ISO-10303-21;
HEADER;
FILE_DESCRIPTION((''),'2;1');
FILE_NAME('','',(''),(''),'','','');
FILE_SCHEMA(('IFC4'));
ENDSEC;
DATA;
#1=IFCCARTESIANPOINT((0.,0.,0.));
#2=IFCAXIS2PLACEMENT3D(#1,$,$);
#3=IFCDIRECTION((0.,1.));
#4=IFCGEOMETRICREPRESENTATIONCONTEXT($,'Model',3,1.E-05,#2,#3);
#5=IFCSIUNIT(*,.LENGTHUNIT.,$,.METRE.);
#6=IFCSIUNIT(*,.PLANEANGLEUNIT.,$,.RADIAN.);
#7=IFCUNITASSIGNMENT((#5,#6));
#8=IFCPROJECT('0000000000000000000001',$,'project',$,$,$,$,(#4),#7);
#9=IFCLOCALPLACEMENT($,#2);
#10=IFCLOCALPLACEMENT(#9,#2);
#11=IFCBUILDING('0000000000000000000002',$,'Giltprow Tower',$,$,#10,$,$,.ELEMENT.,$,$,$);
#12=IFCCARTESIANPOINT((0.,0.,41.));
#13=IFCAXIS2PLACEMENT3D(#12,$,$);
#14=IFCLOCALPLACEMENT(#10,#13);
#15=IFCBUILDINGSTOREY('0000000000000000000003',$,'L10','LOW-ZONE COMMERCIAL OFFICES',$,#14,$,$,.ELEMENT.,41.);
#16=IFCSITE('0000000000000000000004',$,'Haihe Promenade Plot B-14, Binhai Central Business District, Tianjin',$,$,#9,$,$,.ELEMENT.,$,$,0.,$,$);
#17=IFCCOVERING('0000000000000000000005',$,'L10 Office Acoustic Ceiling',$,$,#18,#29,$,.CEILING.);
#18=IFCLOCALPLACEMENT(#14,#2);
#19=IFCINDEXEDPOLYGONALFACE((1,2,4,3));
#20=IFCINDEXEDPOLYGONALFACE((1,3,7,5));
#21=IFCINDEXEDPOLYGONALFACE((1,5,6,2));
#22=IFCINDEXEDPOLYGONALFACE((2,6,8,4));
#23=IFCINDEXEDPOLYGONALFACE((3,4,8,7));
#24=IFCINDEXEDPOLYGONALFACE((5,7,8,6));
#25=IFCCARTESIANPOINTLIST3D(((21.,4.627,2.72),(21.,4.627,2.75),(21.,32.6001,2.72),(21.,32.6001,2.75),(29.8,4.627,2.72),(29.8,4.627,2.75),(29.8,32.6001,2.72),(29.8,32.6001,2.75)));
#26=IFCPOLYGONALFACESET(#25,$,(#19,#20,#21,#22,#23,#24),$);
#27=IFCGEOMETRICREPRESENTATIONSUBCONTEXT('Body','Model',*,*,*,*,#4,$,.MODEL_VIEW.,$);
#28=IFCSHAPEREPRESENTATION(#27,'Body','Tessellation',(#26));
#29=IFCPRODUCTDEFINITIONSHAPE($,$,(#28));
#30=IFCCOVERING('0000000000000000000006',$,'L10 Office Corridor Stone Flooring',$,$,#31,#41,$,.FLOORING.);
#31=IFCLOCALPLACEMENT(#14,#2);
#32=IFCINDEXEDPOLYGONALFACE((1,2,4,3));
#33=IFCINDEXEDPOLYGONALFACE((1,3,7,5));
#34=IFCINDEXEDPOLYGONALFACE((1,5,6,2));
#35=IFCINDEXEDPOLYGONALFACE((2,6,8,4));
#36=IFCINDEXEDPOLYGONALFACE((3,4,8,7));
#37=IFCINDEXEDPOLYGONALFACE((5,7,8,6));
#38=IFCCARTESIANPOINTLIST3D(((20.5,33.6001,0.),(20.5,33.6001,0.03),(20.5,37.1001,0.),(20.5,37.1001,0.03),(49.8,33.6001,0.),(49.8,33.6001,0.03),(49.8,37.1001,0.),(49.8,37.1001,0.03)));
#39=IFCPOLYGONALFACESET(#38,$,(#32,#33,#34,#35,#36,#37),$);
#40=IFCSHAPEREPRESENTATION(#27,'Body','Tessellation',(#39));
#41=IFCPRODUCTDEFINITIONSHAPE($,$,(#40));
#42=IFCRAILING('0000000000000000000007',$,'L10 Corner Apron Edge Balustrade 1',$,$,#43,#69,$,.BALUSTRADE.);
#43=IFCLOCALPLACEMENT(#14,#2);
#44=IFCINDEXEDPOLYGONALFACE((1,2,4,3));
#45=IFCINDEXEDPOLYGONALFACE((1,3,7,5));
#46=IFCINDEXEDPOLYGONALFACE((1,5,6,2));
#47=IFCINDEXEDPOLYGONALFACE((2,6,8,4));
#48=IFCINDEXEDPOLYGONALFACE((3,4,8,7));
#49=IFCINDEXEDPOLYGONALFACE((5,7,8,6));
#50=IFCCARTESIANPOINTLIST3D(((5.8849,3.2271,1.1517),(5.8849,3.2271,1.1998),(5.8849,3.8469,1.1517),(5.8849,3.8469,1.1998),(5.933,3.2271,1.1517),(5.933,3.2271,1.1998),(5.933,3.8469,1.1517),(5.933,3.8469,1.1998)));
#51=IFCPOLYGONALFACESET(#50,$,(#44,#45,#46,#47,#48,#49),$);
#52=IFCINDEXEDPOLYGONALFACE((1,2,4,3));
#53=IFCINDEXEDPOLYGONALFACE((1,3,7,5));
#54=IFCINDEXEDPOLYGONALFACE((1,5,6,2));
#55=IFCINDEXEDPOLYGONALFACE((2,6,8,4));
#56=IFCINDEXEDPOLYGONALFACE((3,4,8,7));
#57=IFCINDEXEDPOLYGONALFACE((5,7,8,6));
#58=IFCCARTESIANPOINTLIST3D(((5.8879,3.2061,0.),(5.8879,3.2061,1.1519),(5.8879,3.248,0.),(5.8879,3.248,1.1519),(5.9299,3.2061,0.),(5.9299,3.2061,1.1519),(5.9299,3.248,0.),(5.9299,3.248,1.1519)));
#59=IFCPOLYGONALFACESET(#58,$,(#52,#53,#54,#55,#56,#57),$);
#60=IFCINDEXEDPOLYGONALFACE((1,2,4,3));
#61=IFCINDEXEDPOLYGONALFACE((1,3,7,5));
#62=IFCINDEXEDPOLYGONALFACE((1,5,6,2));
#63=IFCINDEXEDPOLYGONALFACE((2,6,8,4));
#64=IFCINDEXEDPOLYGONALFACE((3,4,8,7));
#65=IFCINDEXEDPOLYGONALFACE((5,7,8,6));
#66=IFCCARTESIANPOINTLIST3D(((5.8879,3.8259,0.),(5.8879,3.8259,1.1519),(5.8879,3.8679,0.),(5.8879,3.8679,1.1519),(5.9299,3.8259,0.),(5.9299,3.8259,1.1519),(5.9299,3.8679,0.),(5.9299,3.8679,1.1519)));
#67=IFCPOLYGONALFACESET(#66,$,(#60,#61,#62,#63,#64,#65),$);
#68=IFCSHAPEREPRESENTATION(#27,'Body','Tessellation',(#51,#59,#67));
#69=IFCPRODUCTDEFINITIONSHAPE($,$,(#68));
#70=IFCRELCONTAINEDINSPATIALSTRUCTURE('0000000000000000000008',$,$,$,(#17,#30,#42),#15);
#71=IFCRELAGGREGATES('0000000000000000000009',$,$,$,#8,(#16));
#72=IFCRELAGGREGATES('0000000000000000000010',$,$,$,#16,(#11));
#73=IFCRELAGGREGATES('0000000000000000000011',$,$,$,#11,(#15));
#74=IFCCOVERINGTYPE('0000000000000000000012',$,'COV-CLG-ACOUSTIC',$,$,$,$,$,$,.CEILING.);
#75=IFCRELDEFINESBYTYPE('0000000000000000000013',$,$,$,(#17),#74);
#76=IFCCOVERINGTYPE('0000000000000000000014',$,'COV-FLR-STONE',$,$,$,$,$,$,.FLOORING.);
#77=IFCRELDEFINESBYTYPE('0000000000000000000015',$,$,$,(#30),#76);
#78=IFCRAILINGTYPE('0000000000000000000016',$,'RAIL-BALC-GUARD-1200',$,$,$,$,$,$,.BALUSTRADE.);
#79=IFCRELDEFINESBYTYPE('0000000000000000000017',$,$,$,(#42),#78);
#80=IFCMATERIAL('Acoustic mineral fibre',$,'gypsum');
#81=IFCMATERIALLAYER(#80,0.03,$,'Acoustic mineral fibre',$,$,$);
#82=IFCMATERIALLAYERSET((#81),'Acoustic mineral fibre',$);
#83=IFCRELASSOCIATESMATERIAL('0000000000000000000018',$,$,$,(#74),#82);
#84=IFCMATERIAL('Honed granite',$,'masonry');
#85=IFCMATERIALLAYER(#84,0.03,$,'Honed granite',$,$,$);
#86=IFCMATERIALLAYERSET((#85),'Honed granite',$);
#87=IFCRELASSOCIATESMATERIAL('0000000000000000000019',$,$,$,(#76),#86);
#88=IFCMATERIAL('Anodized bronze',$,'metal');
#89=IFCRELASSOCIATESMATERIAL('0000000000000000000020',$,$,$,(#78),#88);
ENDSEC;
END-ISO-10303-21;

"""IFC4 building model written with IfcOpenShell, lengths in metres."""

from ifc_helpers import new_model, si_unit, direction, frame, origin, origin_2d, place, context, subcontext, project, spatial, polyline, rectangle, outline, extrude, material, layer, layer_set, type_object, element, save


model = new_model("IFC4")

# Units and contexts
model_context = context("Model", 3, precision=1e-05, world=origin(), true_north=direction((0.0, 1.0)))
body_context = subcontext(model_context, "Body", "Model", "MODEL_VIEW")
ifc_project = project(units=[si_unit("LENGTHUNIT", "METRE"), si_unit("PLANEANGLEUNIT", "RADIAN")], contexts=[model_context])

# Site, building, storey
site_placement = place(None, origin())
site = spatial("IfcSite", under=ifc_project, at=site_placement, Name="Haihe Promenade Plot B-14, Binhai Central Business District, Tianjin", CompositionType="ELEMENT", RefElevation=0.0)
building_placement = place(site_placement, origin())
building = spatial("IfcBuilding", under=site, at=building_placement, Name="Giltprow Tower", CompositionType="ELEMENT")
storey_placement = place(building_placement, frame((0.0, 0.0, 41.0)))
storey = spatial("IfcBuildingStorey", under=building, at=storey_placement, Name="L10", Description="LOW-ZONE COMMERCIAL OFFICES", CompositionType="ELEMENT", Elevation=41.0)

# Shared definitions
ifc_material_1 = material(Name="Anodized bronze", Category="metal")

# Coverings
ifc_material_2 = material(Name="Acoustic mineral fibre", Category="gypsum")
ifc_layer_1 = layer(ifc_material_2, 0.03, Name="Acoustic mineral fibre")
ifc_layer_set_1 = layer_set([ifc_layer_1], Name="Acoustic mineral fibre")
covering_type_1 = type_object("IfcCoveringType", Name="COV-CLG-ACOUSTIC", PredefinedType="CEILING", material=ifc_layer_set_1)
covering_1_placement = place(storey_placement, frame((0.0, 0.0, 2.72)))
element("IfcCovering", 1, at=covering_1_placement, inside=storey, type_object=covering_type_1, Name="L10 Office Acoustic Ceiling", PredefinedType="CEILING", context=body_context, shape_type="SweptSolid", body=[
    extrude(outline(polyline([(21.0, 4.627), (29.8, 4.627), (29.8, 32.6001), (21.0, 32.6001), (21.0, 4.627)])), origin(), (0.0, 0.0, 1.0), 0.03),
])
ifc_material_3 = material(Name="Honed granite", Category="masonry")
ifc_layer_2 = layer(ifc_material_3, 0.03, Name="Honed granite")
ifc_layer_set_2 = layer_set([ifc_layer_2], Name="Honed granite")
covering_type_2 = type_object("IfcCoveringType", Name="COV-FLR-STONE", PredefinedType="FLOORING", material=ifc_layer_set_2)
covering_2_placement = place(storey_placement, origin())
element("IfcCovering", 2, at=covering_2_placement, inside=storey, type_object=covering_type_2, Name="L10 Office Corridor Stone Flooring", PredefinedType="FLOORING", context=body_context, shape_type="SweptSolid", body=[
    extrude(outline(polyline([(20.5, 33.6001), (49.8, 33.6001), (49.8, 37.1001), (20.5, 37.1001), (20.5, 33.6001)])), origin(), (0.0, 0.0, 1.0), 0.03),
])

# Railing
railing_type = type_object("IfcRailingType", Name="RAIL-BALC-GUARD-1200", PredefinedType="BALUSTRADE", material=ifc_material_1)
railing_placement = place(storey_placement, frame((5.9089, 3.2271, 0.0)))
element("IfcRailing", 3, at=railing_placement, inside=storey, type_object=railing_type, Name="L10 Corner Apron Edge Balustrade 1", PredefinedType="BALUSTRADE", context=body_context, shape_type="SweptSolid", body=[
    extrude(rectangle(XDim=0.0481, YDim=0.0481, at=origin_2d()), frame((0.0, 0.0, 1.1758), z_axis=(0.0, 1.0, 0.0), x_axis=(-1.0, 0.0, 0.0)), (0.0, 0.0, 1.0), 0.6199),
    extrude(rectangle(XDim=0.042, YDim=0.042, at=origin_2d()), origin(), (0.0, 0.0, 1.0), 1.1519),
    extrude(rectangle(XDim=0.042, YDim=0.042, at=origin_2d()), frame((0.0, 0.6199, 0.0)), (0.0, 0.0, 1.0), 1.1519),
])

save(model, "model.ifc")
